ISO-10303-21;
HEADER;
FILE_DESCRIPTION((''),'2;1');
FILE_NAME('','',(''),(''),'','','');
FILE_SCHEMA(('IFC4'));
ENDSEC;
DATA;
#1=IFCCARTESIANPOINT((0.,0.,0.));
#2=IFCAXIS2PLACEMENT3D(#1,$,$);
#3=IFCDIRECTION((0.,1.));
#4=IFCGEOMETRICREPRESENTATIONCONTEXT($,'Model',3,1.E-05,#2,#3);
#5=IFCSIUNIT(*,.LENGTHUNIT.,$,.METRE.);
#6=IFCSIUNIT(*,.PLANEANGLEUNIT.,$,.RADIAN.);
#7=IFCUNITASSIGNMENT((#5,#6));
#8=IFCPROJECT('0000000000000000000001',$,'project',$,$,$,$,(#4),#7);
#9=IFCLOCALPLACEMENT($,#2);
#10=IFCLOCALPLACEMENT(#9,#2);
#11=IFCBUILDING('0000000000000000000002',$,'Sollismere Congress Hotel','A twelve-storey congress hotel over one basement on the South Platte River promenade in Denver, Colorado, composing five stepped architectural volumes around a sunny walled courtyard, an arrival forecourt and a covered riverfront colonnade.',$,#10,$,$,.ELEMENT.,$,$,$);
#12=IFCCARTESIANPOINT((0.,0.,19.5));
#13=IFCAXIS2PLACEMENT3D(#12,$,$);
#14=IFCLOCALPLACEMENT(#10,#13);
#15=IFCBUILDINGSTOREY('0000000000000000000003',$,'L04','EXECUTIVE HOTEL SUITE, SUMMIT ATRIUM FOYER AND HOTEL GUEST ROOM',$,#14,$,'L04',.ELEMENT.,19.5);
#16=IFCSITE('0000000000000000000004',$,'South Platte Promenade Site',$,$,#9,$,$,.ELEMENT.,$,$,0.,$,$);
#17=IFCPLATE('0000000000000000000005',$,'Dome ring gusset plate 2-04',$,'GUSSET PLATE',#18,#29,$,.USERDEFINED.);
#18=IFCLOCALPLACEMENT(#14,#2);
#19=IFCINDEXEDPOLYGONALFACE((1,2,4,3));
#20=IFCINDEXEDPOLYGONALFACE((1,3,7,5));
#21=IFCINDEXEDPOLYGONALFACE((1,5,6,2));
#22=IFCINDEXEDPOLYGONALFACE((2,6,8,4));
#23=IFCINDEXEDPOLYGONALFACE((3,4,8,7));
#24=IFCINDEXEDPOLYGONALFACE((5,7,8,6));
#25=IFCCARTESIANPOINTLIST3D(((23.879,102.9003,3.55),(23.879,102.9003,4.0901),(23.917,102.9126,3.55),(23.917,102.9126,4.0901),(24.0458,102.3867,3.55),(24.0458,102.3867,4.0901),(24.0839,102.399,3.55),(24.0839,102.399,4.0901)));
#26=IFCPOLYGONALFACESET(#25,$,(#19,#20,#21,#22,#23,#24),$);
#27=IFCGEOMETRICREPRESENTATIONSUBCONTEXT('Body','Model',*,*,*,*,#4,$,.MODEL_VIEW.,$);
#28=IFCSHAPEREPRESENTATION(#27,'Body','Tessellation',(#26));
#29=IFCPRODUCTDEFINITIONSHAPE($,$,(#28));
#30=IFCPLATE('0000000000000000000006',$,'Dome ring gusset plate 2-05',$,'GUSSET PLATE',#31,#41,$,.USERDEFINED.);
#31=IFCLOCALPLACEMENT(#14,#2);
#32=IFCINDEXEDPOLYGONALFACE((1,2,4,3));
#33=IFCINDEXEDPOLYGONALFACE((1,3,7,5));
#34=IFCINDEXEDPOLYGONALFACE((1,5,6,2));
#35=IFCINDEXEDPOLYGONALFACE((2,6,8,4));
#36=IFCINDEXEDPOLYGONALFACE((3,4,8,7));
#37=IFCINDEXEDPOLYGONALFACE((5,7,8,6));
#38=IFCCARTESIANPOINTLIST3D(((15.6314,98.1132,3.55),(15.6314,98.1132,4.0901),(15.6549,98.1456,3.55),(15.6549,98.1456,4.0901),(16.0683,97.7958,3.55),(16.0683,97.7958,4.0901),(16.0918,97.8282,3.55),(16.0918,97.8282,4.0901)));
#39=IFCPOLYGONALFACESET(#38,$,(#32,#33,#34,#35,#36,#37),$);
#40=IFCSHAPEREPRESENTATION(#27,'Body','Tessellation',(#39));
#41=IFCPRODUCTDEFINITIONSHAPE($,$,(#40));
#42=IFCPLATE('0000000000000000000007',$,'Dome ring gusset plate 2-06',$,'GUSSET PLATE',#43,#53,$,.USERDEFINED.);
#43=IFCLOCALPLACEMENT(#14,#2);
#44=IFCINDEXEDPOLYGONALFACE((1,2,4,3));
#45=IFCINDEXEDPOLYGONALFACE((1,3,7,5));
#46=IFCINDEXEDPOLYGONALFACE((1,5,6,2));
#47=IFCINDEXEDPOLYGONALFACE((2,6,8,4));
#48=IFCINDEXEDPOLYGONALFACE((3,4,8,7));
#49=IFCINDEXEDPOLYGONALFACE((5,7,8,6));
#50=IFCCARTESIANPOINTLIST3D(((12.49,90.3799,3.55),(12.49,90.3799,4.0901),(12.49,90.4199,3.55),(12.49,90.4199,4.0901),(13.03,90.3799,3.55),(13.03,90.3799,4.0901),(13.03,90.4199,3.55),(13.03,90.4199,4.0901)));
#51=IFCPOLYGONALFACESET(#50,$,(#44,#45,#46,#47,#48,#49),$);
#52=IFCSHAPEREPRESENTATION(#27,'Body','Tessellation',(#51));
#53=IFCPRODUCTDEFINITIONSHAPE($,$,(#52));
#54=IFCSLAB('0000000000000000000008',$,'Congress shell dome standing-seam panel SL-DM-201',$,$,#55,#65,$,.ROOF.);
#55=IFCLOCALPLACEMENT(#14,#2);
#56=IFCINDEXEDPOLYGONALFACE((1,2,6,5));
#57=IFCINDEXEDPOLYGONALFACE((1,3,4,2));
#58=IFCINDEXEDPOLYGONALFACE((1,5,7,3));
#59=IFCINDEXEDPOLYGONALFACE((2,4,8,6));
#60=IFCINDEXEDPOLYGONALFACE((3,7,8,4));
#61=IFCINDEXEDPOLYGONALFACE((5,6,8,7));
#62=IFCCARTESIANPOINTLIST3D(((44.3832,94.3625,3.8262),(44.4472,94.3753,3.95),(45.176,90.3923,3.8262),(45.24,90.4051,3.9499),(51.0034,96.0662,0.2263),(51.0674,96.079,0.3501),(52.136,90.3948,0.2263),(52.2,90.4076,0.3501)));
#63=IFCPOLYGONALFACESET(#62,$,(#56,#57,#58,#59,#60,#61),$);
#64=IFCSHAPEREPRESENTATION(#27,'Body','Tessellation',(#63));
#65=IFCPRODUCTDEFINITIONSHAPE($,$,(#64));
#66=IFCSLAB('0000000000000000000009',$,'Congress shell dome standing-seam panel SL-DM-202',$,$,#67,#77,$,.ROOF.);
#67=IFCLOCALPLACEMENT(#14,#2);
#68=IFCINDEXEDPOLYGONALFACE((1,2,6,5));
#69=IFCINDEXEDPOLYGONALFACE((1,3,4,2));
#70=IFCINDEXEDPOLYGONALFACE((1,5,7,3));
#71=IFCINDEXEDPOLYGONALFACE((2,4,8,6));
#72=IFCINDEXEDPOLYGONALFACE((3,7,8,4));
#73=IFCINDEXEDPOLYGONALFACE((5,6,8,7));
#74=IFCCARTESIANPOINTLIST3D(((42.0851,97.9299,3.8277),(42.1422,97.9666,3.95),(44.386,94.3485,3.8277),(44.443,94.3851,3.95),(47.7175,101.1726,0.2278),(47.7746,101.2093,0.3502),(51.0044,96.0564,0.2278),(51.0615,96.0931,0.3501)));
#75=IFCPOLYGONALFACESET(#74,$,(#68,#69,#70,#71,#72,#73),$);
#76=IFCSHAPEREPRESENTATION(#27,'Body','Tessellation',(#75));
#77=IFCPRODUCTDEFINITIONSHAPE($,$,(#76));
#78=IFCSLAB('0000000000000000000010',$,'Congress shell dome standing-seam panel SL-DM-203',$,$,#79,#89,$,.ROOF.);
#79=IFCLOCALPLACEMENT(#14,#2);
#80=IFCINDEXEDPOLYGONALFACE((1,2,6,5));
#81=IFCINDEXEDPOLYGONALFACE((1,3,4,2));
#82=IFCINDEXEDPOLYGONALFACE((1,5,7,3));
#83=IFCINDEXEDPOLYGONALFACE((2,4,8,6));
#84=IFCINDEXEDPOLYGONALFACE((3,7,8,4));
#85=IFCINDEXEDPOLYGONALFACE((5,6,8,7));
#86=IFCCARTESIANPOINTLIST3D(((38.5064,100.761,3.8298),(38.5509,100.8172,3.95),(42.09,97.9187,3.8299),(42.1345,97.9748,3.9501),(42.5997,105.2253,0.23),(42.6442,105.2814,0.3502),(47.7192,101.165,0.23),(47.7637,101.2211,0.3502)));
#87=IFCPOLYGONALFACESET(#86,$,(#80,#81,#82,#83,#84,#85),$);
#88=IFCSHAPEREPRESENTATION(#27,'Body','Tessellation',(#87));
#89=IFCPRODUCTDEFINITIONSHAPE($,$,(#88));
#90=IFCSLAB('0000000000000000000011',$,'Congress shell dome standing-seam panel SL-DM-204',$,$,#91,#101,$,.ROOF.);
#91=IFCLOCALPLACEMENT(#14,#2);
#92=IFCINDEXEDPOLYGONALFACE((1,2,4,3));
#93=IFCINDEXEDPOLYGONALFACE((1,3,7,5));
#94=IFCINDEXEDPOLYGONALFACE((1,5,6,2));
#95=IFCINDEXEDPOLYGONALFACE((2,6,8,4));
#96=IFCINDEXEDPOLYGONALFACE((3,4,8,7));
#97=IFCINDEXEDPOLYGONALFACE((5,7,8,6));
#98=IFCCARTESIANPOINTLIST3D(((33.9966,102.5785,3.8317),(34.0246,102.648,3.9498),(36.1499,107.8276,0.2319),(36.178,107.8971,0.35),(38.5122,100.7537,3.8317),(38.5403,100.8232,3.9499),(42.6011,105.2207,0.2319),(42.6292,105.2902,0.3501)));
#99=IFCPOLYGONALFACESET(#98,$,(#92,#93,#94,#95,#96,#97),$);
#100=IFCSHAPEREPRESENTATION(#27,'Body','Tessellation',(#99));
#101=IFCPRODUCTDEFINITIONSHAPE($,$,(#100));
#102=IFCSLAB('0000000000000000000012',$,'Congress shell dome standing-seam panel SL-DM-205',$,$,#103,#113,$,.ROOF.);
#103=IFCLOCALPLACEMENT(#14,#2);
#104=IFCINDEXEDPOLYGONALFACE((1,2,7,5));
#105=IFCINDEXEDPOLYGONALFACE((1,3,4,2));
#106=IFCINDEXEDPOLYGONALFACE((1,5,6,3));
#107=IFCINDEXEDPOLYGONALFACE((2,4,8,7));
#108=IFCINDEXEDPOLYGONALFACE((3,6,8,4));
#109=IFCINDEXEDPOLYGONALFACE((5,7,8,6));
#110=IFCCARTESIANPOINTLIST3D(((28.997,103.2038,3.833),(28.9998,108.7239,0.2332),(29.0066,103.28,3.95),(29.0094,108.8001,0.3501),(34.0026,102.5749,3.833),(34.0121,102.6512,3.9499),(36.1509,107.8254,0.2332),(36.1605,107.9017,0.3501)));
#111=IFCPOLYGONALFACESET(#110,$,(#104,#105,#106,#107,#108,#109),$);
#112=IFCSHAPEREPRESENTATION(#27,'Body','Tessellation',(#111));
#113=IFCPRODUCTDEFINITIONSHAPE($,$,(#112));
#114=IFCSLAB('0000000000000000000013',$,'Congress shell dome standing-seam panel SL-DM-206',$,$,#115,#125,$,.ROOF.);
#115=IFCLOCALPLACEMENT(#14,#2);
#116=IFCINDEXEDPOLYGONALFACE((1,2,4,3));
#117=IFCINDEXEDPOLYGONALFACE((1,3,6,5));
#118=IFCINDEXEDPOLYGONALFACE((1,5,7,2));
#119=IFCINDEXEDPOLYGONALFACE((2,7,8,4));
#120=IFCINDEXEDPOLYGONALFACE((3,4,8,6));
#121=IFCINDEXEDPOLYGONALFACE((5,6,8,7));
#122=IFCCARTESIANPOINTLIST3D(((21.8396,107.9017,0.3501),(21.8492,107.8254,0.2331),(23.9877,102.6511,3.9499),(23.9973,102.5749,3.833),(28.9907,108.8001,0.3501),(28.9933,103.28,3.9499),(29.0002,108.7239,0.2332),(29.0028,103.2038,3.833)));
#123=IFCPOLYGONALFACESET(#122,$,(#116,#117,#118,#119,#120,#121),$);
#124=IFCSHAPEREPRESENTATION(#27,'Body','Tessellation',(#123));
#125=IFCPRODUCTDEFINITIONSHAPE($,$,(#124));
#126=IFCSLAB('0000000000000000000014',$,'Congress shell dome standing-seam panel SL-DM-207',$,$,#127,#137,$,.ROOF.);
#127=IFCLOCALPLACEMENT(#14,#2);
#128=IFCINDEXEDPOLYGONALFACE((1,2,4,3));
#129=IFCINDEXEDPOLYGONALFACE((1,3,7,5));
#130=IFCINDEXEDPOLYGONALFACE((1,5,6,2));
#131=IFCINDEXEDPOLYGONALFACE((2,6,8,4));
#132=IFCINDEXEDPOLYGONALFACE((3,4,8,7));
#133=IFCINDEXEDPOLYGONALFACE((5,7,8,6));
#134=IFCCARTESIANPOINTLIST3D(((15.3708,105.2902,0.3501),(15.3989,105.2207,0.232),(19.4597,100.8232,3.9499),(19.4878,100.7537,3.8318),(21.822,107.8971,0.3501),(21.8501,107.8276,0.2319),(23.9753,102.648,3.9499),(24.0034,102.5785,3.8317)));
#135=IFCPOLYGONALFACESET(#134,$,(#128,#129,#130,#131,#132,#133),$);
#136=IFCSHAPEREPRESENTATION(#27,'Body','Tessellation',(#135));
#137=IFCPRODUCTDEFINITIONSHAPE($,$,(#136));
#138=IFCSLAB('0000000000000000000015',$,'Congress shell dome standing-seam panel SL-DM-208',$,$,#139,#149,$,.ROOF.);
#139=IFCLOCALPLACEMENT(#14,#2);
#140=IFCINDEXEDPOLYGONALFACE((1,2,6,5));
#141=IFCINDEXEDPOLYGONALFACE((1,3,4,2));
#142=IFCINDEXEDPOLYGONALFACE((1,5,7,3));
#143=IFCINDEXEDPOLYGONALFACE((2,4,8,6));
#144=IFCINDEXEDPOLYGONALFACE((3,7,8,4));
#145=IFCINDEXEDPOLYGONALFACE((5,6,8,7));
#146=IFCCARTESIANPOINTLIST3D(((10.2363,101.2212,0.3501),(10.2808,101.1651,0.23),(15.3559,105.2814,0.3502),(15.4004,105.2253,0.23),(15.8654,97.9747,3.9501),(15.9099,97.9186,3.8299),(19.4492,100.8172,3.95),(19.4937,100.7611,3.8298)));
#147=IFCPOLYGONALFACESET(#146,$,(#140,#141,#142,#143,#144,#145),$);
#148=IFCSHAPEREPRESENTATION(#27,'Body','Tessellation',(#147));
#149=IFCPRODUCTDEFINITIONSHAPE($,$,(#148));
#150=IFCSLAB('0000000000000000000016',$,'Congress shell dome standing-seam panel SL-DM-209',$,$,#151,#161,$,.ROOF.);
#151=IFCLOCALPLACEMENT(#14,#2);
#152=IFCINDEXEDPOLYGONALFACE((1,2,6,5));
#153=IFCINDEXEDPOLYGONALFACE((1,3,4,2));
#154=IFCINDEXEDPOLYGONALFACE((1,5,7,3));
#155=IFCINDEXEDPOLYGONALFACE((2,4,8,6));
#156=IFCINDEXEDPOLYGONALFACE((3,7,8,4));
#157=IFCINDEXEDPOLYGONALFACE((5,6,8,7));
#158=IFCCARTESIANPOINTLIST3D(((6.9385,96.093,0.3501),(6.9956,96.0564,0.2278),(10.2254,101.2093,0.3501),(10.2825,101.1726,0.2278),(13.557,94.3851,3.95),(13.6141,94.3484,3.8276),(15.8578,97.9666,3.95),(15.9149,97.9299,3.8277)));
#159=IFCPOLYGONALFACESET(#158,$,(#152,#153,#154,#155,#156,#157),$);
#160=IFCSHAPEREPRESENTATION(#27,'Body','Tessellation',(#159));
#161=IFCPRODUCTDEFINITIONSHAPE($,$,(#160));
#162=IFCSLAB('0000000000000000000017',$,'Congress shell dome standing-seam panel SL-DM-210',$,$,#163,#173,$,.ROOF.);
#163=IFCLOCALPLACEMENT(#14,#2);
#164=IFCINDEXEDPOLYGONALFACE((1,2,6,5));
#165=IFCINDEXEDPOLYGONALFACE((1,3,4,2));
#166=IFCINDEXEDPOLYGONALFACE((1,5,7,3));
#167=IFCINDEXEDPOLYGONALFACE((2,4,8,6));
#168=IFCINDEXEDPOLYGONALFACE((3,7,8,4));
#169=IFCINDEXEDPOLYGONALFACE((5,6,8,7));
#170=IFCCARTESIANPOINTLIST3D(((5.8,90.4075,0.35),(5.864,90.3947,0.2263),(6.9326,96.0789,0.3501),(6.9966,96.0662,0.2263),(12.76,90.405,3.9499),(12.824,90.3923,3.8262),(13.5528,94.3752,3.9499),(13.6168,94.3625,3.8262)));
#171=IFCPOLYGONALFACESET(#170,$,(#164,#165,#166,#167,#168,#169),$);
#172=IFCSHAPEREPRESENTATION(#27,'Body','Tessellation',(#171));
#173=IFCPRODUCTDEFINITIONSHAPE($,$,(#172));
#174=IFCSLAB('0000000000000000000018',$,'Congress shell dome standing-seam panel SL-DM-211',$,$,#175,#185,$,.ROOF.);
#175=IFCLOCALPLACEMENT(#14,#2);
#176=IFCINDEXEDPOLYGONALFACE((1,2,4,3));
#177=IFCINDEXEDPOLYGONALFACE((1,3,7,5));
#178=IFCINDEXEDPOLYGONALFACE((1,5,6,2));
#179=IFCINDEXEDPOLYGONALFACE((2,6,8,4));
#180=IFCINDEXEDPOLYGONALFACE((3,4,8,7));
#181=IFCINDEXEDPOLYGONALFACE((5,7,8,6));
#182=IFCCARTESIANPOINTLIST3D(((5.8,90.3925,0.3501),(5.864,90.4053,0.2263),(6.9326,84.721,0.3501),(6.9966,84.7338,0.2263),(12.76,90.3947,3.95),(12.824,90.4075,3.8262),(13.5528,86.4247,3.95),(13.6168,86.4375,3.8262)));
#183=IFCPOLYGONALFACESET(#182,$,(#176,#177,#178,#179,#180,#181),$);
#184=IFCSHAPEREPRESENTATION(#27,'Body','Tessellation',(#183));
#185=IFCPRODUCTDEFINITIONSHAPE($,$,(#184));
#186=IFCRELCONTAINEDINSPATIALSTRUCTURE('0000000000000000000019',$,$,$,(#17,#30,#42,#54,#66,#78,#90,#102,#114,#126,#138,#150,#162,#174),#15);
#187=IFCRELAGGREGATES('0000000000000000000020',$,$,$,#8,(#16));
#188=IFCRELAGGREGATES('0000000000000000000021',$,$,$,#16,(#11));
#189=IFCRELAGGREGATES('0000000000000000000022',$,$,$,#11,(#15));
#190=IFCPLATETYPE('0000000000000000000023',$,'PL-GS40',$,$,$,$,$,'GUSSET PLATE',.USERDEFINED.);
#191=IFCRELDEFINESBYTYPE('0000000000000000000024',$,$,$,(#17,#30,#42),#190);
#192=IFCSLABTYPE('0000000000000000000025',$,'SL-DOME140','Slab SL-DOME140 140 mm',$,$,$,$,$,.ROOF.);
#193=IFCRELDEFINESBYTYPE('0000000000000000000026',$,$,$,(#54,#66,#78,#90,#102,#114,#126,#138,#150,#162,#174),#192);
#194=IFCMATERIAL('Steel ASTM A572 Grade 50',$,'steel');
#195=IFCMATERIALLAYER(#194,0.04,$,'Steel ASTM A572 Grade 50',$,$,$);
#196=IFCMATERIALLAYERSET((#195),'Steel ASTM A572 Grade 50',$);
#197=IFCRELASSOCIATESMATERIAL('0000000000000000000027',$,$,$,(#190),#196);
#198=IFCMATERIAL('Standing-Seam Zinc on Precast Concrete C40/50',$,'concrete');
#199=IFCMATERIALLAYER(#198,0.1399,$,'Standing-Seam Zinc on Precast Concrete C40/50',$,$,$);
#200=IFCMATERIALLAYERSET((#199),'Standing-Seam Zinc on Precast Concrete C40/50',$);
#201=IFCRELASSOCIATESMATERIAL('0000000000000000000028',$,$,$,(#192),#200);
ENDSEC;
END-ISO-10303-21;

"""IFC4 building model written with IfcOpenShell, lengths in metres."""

from ifc_helpers import new_model, si_unit, direction, frame, origin, origin_2d, place, context, subcontext, project, spatial, polyline, rectangle, outline, extrude, material, layer, layer_set, type_object, element, save


model = new_model("IFC4")

# Units and contexts
model_context = context("Model", 3, precision=1e-05, world=origin(), true_north=direction((0.0, 1.0)))
body_context = subcontext(model_context, "Body", "Model", "MODEL_VIEW")
ifc_project = project(units=[si_unit("LENGTHUNIT", "METRE"), si_unit("PLANEANGLEUNIT", "RADIAN")], contexts=[model_context])

# Site, building, storey
site_placement = place(None, origin())
site = spatial("IfcSite", under=ifc_project, at=site_placement, Name="South Platte Promenade Site", CompositionType="ELEMENT", RefElevation=0.0)
building_placement = place(site_placement, origin())
building = spatial("IfcBuilding", under=site, at=building_placement, Name="Sollismere Congress Hotel", Description="A twelve-storey congress hotel over one basement on the South Platte River promenade in Denver, Colorado, composing five stepped architectural volumes around a sunny walled courtyard, an arrival forecourt and a covered riverfront colonnade.", CompositionType="ELEMENT")
storey_placement = place(building_placement, frame((0.0, 0.0, 19.5)))
storey = spatial("IfcBuildingStorey", under=building, at=storey_placement, Name="L04", Description="EXECUTIVE HOTEL SUITE, SUMMIT ATRIUM FOYER AND HOTEL GUEST ROOM", LongName="L04", CompositionType="ELEMENT", Elevation=19.5)

# Plates
ifc_material_1 = material(Name="Steel ASTM A572 Grade 50", Category="steel")
ifc_layer_1 = layer(ifc_material_1, 0.04, Name="Steel ASTM A572 Grade 50")
ifc_layer_set_1 = layer_set([ifc_layer_1], Name="Steel ASTM A572 Grade 50")
plate_type = type_object("IfcPlateType", Name="PL-GS40", ElementType="GUSSET PLATE", PredefinedType="USERDEFINED", material=ifc_layer_set_1)
for number, where, z_axis, x_axis, name in (
    (1, (23.9814, 102.6497, 3.55), (0.0, 0.0, 1.0), (-0.309017, 0.951057, 0.0), "Dome ring gusset plate 2-04"),
    (2, (15.8616, 97.9707, 3.55), (0.0, 0.0, 1.0), (-0.809017, 0.587785, 0.0), "Dome ring gusset plate 2-05"),
    (3, (12.76, 90.3999, 3.55), (0.0, 0.0, 1.0), (-1.0, 0.0, 0.0), "Dome ring gusset plate 2-06"),
):
    element("IfcPlate", number, at=place(storey_placement, frame(where, z_axis=z_axis, x_axis=x_axis)), inside=storey, type_object=plate_type, Name=name, ObjectType="GUSSET PLATE", PredefinedType="USERDEFINED", context=body_context, shape_type="SweptSolid", body=[
        extrude(rectangle(XDim=0.54, YDim=0.04, at=origin_2d()), origin(), (0.0, 0.0, 1.0), 0.54),
    ])

# Slabs
ifc_material_2 = material(Name="Standing-Seam Zinc on Precast Concrete C40/50", Category="concrete")
ifc_layer_2 = layer(ifc_material_2, 0.1399, Name="Standing-Seam Zinc on Precast Concrete C40/50")
ifc_layer_set_2 = layer_set([ifc_layer_2], Name="Standing-Seam Zinc on Precast Concrete C40/50")
slab_type = type_object("IfcSlabType", Name="SL-DOME140", Description="Slab SL-DOME140 140 mm", PredefinedType="ROOF", material=ifc_layer_set_2)
slab_1_placement = place(storey_placement, frame((52.136, 90.3948, 0.2263), z_axis=(0.457468, 0.09135, 0.884522), x_axis=(-0.195829, 0.980638, 0.000005)))
element("IfcSlab", 4, at=slab_1_placement, inside=storey, type_object=slab_type, Name="Congress shell dome standing-seam panel SL-DM-201", PredefinedType="ROOF", context=body_context, shape_type="SweptSolid", body=[
    extrude(outline(polyline([(0.0, 0.0), (5.7834, 0.0), (5.4092, 7.7168), (1.3606, 7.7168), (0.0, 0.0)])), origin(), (0.0, 0.0, 1.0), 0.1399),
])
slab_2_placement = place(storey_placement, frame((51.0044, 96.0564, 0.2278), z_axis=(0.408028, 0.262127, 0.87453), x_axis=(-0.540508, 0.841339, 0.000005)))
element("IfcSlab", 5, at=slab_2_placement, inside=storey, type_object=slab_type, Name="Congress shell dome standing-seam panel SL-DM-202", PredefinedType="ROOF", context=body_context, shape_type="SweptSolid", body=[
    extrude(outline(polyline([(0.0, 0.0), (6.0811, 0.0), (6.3972, 7.4229), (2.1404, 7.4229), (0.0, 0.0)])), origin(), (0.0, 0.0, 1.0), 0.1399),
])
slab_3_placement = place(storey_placement, frame((47.7192, 101.165, 0.23), z_axis=(0.318079, 0.401061, 0.859055), x_axis=(-0.783504, 0.621387, 0.000002)))
element("IfcSlab", 6, at=slab_3_placement, inside=storey, type_object=slab_type, Name="Congress shell dome standing-seam panel SL-DM-203", PredefinedType="ROOF", context=body_context, shape_type="SweptSolid", body=[
    extrude(outline(polyline([(0.0, 0.0), (6.5342, 0.0), (6.9673, 7.0325), (2.3933, 7.0327), (0.0, 0.0)])), origin(), (0.0, 0.0, 1.0), 0.1399),
])
slab_4_placement = place(storey_placement, frame((42.6011, 105.2207, 0.2319), z_axis=(0.200724, 0.496724, 0.844379), x_axis=(-0.92716, 0.374666, -0.000002)))
element("IfcSlab", 7, at=slab_4_placement, inside=storey, type_object=slab_type, Name="Congress shell dome standing-seam panel SL-DM-204", PredefinedType="ROOF", context=body_context, shape_type="SweptSolid", body=[
    extrude(outline(polyline([(0.0, 0.0), (6.958, 0.0), (6.9878, 6.7192), (2.1174, 6.7192), (0.0, 0.0)])), origin(), (0.0, 0.0, 1.0), 0.1399),
])
slab_5_placement = place(storey_placement, frame((36.1509, 107.8254, 0.2332), z_axis=(0.068466, 0.544945, 0.835672), x_axis=(-0.9922, 0.124656, 0.000001)))
element("IfcSlab", 8, at=slab_5_placement, inside=storey, type_object=slab_type, Name="Congress shell dome standing-seam panel SL-DM-205", PredefinedType="ROOF", context=body_context, shape_type="SweptSolid", body=[
    extrude(outline(polyline([(0.0, 0.0), (7.2073, 0.0), (6.522, 6.5544), (1.4771, 6.5544), (0.0, 0.0)])), origin(), (0.0, 0.0, 1.0), 0.1399),
])
slab_6_placement = place(storey_placement, frame((29.0002, 108.7239, 0.2332), z_axis=(-0.068466, 0.544945, 0.835672), x_axis=(-0.9922, -0.124656, -0.000001)))
element("IfcSlab", 9, at=slab_6_placement, inside=storey, type_object=slab_type, Name="Congress shell dome standing-seam panel SL-DM-206", PredefinedType="ROOF", context=body_context, shape_type="SweptSolid", body=[
    extrude(outline(polyline([(0.0, 0.0), (7.2073, 0.0), (5.7305, 6.5544), (0.6855, 6.5544), (0.0, 0.0)])), origin(), (0.0, 0.0, 1.0), 0.1399),
])
slab_7_placement = place(storey_placement, frame((21.8501, 107.8276, 0.2319), z_axis=(-0.200724, 0.496724, 0.844379), x_axis=(-0.92716, -0.374666, 0.000002)))
element("IfcSlab", 10, at=slab_7_placement, inside=storey, type_object=slab_type, Name="Congress shell dome standing-seam panel SL-DM-207", PredefinedType="ROOF", context=body_context, shape_type="SweptSolid", body=[
    extrude(outline(polyline([(0.0, 0.0), (6.958, 0.0), (4.8406, 6.7192), (-0.0298, 6.7192), (0.0, 0.0)])), origin(), (0.0, 0.0, 1.0), 0.1399),
])
slab_8_placement = place(storey_placement, frame((15.4004, 105.2253, 0.23), z_axis=(-0.318079, 0.401061, 0.859055), x_axis=(-0.783504, -0.621387, -0.000002)))
element("IfcSlab", 11, at=slab_8_placement, inside=storey, type_object=slab_type, Name="Congress shell dome standing-seam panel SL-DM-208", PredefinedType="ROOF", context=body_context, shape_type="SweptSolid", body=[
    extrude(outline(polyline([(0.0, 0.0), (6.5342, 0.0), (4.1411, 7.0327), (-0.4331, 7.0325), (0.0, 0.0)])), origin(), (0.0, 0.0, 1.0), 0.1399),
])
slab_9_placement = place(storey_placement, frame((10.2825, 101.1726, 0.2278), z_axis=(-0.408028, 0.262127, 0.87453), x_axis=(-0.540508, -0.841339, -0.000005)))
element("IfcSlab", 12, at=slab_9_placement, inside=storey, type_object=slab_type, Name="Congress shell dome standing-seam panel SL-DM-209", PredefinedType="ROOF", context=body_context, shape_type="SweptSolid", body=[
    extrude(outline(polyline([(0.0, 0.0), (6.0811, 0.0), (3.9407, 7.4229), (-0.3162, 7.4229), (0.0, 0.0)])), origin(), (0.0, 0.0, 1.0), 0.1399),
])
slab_10_placement = place(storey_placement, frame((6.9966, 96.0662, 0.2263), z_axis=(-0.457468, 0.09135, 0.884522), x_axis=(-0.195829, -0.980638, -0.000005)))
element("IfcSlab", 13, at=slab_10_placement, inside=storey, type_object=slab_type, Name="Congress shell dome standing-seam panel SL-DM-210", PredefinedType="ROOF", context=body_context, shape_type="SweptSolid", body=[
    extrude(outline(polyline([(0.0, 0.0), (5.7834, 0.0), (4.4229, 7.7168), (0.3743, 7.7168), (0.0, 0.0)])), origin(), (0.0, 0.0, 1.0), 0.1399),
])
slab_11_placement = place(storey_placement, frame((5.864, 90.4053, 0.2263), z_axis=(-0.457469, -0.091352, 0.884521), x_axis=(0.19583, -0.980638, 0.000003)))
element("IfcSlab", 14, at=slab_11_placement, inside=storey, type_object=slab_type, Name="Congress shell dome standing-seam panel SL-DM-211", PredefinedType="ROOF", context=body_context, shape_type="SweptSolid", body=[
    extrude(outline(polyline([(0.0, 0.0), (5.7834, 0.0), (5.4092, 7.7168), (1.3608, 7.7168), (0.0, 0.0)])), origin(), (0.0, 0.0, 1.0), 0.1399),
])

save(model, "model.ifc")
